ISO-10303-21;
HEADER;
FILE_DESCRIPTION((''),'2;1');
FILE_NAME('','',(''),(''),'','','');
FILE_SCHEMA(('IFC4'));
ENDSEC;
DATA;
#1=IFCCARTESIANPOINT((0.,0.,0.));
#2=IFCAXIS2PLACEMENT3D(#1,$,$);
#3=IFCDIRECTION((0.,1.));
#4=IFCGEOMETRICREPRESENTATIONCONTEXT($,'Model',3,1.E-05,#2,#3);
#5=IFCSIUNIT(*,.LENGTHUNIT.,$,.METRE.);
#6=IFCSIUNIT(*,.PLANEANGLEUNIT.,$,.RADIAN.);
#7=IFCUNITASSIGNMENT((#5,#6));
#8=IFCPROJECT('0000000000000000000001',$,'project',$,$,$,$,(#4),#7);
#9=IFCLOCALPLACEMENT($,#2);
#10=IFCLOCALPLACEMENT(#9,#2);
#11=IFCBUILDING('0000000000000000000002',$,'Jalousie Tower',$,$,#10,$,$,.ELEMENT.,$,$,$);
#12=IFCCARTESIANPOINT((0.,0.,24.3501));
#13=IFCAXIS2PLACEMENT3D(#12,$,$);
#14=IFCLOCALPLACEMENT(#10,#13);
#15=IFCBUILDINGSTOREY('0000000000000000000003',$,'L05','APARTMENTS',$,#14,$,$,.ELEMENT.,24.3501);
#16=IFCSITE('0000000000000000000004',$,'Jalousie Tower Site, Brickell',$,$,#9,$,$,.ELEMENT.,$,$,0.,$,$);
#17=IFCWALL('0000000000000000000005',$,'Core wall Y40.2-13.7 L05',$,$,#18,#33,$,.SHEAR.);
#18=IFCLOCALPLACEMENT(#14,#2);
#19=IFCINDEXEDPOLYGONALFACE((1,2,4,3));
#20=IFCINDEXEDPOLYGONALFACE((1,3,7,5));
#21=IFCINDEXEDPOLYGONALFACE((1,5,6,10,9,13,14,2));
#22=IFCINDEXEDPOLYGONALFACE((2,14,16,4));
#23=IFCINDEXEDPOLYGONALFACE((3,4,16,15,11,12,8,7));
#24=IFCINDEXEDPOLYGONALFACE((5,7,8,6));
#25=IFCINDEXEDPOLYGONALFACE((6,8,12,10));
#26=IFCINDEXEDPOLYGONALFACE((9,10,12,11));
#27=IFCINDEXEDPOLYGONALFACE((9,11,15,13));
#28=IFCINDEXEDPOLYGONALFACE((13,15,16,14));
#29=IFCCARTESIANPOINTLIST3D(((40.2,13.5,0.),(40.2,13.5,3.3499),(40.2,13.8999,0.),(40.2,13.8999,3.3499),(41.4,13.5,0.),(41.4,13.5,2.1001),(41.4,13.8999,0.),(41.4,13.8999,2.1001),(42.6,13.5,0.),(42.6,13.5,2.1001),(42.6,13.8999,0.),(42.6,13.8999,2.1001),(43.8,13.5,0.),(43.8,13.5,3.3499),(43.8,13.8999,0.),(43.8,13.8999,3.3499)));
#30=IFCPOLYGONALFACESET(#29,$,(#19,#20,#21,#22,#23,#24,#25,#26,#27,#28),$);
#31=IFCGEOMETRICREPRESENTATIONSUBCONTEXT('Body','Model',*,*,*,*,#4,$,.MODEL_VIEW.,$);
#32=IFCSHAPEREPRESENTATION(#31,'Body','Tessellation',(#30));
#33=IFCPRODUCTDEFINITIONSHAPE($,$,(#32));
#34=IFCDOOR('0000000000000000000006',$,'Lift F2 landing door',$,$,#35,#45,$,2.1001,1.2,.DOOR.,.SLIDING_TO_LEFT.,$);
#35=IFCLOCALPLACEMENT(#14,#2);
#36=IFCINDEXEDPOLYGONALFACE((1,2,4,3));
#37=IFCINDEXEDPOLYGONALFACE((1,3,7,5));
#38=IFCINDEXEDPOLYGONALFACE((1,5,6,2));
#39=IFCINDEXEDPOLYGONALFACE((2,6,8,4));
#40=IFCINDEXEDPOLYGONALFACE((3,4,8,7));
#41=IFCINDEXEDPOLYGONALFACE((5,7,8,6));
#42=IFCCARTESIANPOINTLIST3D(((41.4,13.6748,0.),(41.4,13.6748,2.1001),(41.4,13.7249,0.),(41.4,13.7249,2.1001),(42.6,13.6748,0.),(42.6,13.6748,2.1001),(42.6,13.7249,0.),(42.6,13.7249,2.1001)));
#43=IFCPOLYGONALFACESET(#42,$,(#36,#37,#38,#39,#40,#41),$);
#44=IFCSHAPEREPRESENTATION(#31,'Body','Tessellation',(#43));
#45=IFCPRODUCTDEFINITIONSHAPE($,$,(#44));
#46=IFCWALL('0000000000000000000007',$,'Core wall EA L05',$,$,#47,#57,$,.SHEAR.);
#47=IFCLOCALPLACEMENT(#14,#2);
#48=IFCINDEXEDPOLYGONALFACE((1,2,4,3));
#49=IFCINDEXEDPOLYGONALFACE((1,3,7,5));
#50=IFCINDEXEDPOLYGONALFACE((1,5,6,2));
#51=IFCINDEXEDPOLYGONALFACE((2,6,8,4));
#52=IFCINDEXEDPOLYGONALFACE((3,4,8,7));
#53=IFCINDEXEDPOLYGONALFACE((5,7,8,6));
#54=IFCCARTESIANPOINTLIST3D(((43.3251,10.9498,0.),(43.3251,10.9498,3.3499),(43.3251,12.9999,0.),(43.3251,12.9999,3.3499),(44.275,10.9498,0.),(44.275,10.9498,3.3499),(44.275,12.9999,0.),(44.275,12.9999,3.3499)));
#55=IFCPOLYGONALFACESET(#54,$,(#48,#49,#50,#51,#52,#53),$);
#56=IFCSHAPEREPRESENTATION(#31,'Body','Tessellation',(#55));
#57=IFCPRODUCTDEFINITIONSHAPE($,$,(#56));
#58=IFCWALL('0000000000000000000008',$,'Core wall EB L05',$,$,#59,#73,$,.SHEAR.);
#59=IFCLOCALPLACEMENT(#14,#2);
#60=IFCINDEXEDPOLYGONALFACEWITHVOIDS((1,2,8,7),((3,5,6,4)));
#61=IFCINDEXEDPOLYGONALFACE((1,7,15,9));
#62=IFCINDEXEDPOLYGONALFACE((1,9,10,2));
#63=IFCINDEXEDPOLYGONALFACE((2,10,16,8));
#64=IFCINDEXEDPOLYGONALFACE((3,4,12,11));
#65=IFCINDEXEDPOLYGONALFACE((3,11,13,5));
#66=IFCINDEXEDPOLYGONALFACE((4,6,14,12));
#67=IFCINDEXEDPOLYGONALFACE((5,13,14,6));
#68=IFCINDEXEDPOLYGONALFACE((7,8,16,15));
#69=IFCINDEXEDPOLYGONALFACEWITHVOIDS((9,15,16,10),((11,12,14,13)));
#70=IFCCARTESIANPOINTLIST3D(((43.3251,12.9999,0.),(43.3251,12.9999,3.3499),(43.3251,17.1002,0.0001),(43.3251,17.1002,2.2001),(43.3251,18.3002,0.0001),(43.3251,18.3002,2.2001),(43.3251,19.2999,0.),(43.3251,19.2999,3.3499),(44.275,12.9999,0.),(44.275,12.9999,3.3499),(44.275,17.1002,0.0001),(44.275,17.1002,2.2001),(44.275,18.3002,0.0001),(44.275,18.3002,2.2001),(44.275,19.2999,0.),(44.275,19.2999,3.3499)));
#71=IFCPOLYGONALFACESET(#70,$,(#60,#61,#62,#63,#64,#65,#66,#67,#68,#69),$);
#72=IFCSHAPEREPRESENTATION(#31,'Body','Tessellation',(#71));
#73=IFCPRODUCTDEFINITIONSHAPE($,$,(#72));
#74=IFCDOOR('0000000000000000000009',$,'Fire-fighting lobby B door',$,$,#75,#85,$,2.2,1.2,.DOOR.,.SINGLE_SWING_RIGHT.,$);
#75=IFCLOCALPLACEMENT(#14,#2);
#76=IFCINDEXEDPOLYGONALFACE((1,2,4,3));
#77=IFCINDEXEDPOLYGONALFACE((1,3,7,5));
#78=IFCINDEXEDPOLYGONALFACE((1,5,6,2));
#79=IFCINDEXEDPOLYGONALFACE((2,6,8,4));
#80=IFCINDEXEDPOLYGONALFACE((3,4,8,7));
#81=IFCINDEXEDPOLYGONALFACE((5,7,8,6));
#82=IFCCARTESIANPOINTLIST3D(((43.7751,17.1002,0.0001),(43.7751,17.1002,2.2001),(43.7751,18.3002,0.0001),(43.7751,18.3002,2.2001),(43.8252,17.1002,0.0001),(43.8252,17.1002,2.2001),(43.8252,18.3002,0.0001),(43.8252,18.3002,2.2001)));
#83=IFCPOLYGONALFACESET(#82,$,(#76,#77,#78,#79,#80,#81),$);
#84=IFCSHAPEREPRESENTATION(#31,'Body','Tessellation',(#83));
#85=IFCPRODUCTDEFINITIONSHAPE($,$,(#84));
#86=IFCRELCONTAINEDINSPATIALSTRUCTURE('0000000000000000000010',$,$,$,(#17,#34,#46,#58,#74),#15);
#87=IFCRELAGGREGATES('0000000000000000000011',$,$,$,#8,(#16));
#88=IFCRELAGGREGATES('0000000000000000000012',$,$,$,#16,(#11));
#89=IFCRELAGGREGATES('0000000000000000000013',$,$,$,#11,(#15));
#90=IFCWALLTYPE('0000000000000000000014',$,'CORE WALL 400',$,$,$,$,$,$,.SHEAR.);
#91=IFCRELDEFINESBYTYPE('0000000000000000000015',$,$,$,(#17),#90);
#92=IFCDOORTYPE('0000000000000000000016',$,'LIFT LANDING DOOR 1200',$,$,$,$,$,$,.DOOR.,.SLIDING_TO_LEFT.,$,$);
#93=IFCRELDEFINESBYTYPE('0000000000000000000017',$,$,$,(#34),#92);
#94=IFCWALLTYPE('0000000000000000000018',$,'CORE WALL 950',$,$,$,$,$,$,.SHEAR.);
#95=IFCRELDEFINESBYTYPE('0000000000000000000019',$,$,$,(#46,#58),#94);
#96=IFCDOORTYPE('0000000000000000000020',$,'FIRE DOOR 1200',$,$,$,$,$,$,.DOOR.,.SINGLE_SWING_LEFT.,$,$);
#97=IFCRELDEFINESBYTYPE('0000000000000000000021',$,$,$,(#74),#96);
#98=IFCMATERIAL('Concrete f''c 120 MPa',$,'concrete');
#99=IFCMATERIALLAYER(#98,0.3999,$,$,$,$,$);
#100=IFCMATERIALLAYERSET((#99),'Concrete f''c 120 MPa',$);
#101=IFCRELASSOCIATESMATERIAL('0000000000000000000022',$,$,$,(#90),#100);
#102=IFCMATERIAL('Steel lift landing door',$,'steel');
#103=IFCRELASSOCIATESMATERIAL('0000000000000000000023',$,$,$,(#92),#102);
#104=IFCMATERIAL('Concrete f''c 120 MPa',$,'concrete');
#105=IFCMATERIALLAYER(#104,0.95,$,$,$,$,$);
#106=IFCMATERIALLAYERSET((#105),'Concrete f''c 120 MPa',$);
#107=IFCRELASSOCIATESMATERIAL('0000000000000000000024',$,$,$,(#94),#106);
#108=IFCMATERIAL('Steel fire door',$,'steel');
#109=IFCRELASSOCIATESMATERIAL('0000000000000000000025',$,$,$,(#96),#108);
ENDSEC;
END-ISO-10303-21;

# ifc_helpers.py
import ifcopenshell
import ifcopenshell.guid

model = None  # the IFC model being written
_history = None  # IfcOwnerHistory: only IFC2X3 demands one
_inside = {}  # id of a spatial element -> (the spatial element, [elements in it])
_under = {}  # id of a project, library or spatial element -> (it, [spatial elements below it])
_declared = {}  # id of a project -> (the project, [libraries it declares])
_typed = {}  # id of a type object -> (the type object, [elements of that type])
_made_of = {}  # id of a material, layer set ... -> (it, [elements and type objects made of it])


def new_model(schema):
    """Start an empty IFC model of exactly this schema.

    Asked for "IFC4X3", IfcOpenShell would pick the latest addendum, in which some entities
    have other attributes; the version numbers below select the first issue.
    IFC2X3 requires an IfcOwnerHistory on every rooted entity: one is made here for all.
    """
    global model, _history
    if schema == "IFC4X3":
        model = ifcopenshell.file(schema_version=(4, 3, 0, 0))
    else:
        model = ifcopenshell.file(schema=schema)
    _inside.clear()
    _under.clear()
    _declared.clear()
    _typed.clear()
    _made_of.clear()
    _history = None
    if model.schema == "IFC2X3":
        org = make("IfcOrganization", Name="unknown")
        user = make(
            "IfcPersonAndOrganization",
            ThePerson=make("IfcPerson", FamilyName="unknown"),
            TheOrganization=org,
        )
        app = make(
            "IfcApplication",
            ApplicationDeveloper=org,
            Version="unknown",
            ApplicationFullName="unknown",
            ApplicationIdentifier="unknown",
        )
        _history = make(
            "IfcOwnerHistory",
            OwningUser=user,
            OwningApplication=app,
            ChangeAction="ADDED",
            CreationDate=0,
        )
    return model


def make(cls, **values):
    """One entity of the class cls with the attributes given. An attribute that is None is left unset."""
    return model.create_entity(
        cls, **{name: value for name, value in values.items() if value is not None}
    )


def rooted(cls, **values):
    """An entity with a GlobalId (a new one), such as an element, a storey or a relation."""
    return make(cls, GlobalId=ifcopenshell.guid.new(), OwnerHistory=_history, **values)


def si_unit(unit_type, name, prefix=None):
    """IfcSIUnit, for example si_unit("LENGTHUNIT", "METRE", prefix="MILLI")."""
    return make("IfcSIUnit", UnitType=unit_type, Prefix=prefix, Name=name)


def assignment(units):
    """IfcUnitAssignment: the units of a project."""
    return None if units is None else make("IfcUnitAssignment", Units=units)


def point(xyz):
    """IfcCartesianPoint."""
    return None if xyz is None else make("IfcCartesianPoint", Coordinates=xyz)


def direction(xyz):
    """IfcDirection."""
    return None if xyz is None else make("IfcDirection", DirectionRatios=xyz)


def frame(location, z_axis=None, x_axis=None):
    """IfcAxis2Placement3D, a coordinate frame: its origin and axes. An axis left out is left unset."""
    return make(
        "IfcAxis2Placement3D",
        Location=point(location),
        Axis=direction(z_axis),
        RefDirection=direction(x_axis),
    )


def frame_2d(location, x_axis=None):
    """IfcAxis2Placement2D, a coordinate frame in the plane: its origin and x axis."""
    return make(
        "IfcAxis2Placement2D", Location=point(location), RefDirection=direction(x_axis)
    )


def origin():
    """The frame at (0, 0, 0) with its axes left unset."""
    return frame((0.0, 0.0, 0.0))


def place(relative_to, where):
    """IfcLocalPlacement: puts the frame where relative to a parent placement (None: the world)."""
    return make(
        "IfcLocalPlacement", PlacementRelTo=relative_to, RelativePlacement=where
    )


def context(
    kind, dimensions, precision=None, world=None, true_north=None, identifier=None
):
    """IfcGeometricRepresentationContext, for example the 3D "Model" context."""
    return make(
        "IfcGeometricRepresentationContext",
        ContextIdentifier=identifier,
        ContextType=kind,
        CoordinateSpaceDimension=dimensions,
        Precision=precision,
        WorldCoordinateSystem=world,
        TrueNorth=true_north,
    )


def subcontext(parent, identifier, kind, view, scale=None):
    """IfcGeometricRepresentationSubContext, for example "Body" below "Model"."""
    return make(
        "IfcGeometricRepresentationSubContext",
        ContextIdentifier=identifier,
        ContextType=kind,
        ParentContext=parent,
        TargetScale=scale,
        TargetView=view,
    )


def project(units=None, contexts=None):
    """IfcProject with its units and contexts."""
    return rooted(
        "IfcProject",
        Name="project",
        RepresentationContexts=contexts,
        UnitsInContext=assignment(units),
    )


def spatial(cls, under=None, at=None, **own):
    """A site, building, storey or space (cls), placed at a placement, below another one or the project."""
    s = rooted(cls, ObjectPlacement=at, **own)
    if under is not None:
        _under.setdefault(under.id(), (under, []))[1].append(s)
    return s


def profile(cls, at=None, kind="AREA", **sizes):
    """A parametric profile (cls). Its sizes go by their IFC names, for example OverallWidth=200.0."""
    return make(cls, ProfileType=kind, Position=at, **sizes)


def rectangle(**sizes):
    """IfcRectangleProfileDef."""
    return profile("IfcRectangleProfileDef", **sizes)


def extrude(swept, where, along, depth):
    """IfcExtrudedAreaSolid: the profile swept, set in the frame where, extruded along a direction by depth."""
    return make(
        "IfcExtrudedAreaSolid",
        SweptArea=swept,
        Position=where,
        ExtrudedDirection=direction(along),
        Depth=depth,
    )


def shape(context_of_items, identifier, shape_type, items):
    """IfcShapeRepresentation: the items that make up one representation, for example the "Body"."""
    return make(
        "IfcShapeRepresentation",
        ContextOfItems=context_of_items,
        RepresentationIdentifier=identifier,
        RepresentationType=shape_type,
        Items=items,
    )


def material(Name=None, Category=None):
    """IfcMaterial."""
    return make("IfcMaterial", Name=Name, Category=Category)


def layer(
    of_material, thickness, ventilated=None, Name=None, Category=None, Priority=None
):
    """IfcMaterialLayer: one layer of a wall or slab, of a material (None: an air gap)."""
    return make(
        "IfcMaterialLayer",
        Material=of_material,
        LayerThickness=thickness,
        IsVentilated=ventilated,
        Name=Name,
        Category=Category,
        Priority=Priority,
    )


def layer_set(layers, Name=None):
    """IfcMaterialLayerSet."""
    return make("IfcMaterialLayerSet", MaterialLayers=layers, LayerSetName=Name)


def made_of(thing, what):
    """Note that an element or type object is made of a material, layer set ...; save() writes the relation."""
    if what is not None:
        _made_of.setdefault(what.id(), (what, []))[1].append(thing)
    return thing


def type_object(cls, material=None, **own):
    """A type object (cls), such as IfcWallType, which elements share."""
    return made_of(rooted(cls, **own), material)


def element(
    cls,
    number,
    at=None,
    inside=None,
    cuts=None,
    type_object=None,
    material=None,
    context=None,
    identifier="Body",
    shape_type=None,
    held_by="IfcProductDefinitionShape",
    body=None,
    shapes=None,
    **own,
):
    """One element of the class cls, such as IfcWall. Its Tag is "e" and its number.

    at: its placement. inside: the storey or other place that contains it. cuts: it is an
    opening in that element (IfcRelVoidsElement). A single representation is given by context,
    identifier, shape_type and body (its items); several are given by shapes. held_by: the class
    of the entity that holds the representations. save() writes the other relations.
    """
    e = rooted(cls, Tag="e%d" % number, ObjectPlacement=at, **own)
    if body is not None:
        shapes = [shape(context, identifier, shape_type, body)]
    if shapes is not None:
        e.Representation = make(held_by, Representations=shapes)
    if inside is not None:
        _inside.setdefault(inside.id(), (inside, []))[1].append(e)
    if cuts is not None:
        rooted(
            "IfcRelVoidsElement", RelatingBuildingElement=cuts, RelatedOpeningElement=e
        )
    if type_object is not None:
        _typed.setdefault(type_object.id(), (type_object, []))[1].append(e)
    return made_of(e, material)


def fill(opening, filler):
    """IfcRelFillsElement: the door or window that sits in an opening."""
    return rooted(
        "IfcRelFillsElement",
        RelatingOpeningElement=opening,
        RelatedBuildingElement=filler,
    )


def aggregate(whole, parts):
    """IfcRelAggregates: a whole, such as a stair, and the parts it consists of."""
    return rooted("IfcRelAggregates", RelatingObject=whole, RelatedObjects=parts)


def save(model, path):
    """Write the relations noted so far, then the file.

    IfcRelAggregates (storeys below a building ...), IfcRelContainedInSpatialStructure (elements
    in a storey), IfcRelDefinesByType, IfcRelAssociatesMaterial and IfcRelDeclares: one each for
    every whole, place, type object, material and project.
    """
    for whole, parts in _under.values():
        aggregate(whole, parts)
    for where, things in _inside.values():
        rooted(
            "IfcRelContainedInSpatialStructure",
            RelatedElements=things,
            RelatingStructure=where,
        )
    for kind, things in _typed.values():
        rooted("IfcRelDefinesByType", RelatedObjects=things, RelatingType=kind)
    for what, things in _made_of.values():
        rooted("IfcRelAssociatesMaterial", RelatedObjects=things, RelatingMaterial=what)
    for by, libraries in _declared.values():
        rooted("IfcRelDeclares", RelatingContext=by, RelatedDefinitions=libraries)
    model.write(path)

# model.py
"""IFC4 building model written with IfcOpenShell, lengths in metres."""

from ifc_helpers import new_model, si_unit, direction, frame, frame_2d, origin, place, context, subcontext, project, spatial, rectangle, extrude, material, layer, layer_set, type_object, element, fill, save


model = new_model("IFC4")

# Units and contexts
model_context = context("Model", 3, precision=1e-05, world=origin(), true_north=direction((0.0, 1.0)))
body_context = subcontext(model_context, "Body", "Model", "MODEL_VIEW")
ifc_project = project(units=[si_unit("LENGTHUNIT", "METRE"), si_unit("PLANEANGLEUNIT", "RADIAN")], contexts=[model_context])

# Site, building, storey
site_placement = place(None, origin())
site = spatial("IfcSite", under=ifc_project, at=site_placement, Name="Jalousie Tower Site, Brickell", CompositionType="ELEMENT", RefElevation=0.0)
building_placement = place(site_placement, origin())
building = spatial("IfcBuilding", under=site, at=building_placement, Name="Jalousie Tower", CompositionType="ELEMENT")
storey_placement = place(building_placement, frame((0.0, 0.0, 24.3501)))
storey = spatial("IfcBuildingStorey", under=building, at=storey_placement, Name="L05", Description="APARTMENTS", CompositionType="ELEMENT", Elevation=24.3501)

# Shared definitions
ifc_material_1 = material(Name="Concrete f'c 120 MPa", Category="concrete")
ifc_layer_1 = layer(ifc_material_1, 0.3999)
ifc_layer_set_1 = layer_set([ifc_layer_1], Name="Concrete f'c 120 MPa")
wall_type_1 = type_object("IfcWallType", Name="CORE WALL 400", PredefinedType="SHEAR", material=ifc_layer_set_1)

# Wall, opening, door
wall_1_placement = place(storey_placement, frame((40.2, 13.7, 0.0), z_axis=(0.0, 0.0, 1.0), x_axis=(1.0, 0.0, 0.0)))
wall_1 = element("IfcWall", 1, at=wall_1_placement, inside=storey, type_object=wall_type_1, Name="Core wall Y40.2-13.7 L05", PredefinedType="SHEAR", context=body_context, shape_type="SweptSolid", body=[
    extrude(rectangle(XDim=3.6001, YDim=0.3999, at=frame_2d((1.8, 0.0))), origin(), (0.0, 0.0, 1.0), 3.3499),
])
opening_1_placement = place(wall_1_placement, frame((1.2, 0.0, 0.0)))
opening_1 = element("IfcOpeningElement", 2, at=opening_1_placement, cuts=wall_1, PredefinedType="OPENING", context=body_context, shape_type="SweptSolid", body=[
    extrude(rectangle(XDim=1.2, YDim=2.1001, at=frame_2d((0.6001, 1.05))), frame((0.0, 0.21, 0.0), z_axis=(0.0, -1.0, 0.0), x_axis=(1.0, 0.0, 0.0)), (0.0, 0.0, 1.0), 0.4199),
])
ifc_material_2 = material(Name="Steel lift landing door", Category="steel")
door_type_1 = type_object("IfcDoorType", Name="LIFT LANDING DOOR 1200", OperationType="SLIDING_TO_LEFT", PredefinedType="DOOR", material=ifc_material_2)
door_1_placement = place(opening_1_placement, origin())
door_1 = element("IfcDoor", 3, at=door_1_placement, inside=storey, type_object=door_type_1, Name="Lift F2 landing door", OperationType="SLIDING_TO_LEFT", OverallHeight=2.1001, OverallWidth=1.2, PredefinedType="DOOR", context=body_context, shape_type="SweptSolid", body=[
    extrude(rectangle(XDim=1.2, YDim=2.1001, at=frame_2d((0.6001, 1.05))), frame((0.0, 0.0249, 0.0), z_axis=(0.0, -1.0, 0.0), x_axis=(1.0, 0.0, 0.0)), (0.0, 0.0, 1.0), 0.05),
])
fill(opening_1, door_1)

# Wall
ifc_material_3 = material(Name="Concrete f'c 120 MPa", Category="concrete")
ifc_layer_2 = layer(ifc_material_3, 0.95)
ifc_layer_set_2 = layer_set([ifc_layer_2], Name="Concrete f'c 120 MPa")
wall_type_2 = type_object("IfcWallType", Name="CORE WALL 950", PredefinedType="SHEAR", material=ifc_layer_set_2)
wall_2_placement = place(storey_placement, frame((43.8, 10.95, 0.0), z_axis=(0.0, 0.0, 1.0), x_axis=(0.0, 1.0, 0.0)))
element("IfcWall", 4, at=wall_2_placement, inside=storey, type_object=wall_type_2, Name="Core wall EA L05", PredefinedType="SHEAR", context=body_context, shape_type="SweptSolid", body=[
    extrude(rectangle(XDim=2.05, YDim=0.95, at=frame_2d((1.0249, 0.0))), origin(), (0.0, 0.0, 1.0), 3.3499),
])

# Wall, opening, door
wall_3_placement = place(storey_placement, frame((43.8, 13.0, 0.0), z_axis=(0.0, 0.0, 1.0), x_axis=(0.0, 1.0, 0.0)))
wall_3 = element("IfcWall", 5, at=wall_3_placement, inside=storey, type_object=wall_type_2, Name="Core wall EB L05", PredefinedType="SHEAR", context=body_context, shape_type="SweptSolid", body=[
    extrude(rectangle(XDim=6.3, YDim=0.95, at=frame_2d((3.1499, 0.0))), origin(), (0.0, 0.0, 1.0), 3.3499),
])
opening_2_placement = place(wall_3_placement, frame((4.1001, 0.0, 0.0)))
opening_2 = element("IfcOpeningElement", 6, at=opening_2_placement, cuts=wall_3, PredefinedType="OPENING", context=body_context, shape_type="SweptSolid", body=[
    extrude(rectangle(XDim=1.2, YDim=2.2, at=frame_2d((0.6001, 1.1001))), frame((0.0, 0.4849, 0.0), z_axis=(0.0, -1.0, 0.0), x_axis=(1.0, 0.0, 0.0)), (0.0, 0.0, 1.0), 0.97),
])
ifc_material_4 = material(Name="Steel fire door", Category="steel")
door_type_2 = type_object("IfcDoorType", Name="FIRE DOOR 1200", OperationType="SINGLE_SWING_LEFT", PredefinedType="DOOR", material=ifc_material_4)
door_2_placement = place(opening_2_placement, origin())
door_2 = element("IfcDoor", 7, at=door_2_placement, inside=storey, type_object=door_type_2, Name="Fire-fighting lobby B door", OperationType="SINGLE_SWING_RIGHT", OverallHeight=2.2, OverallWidth=1.2, PredefinedType="DOOR", context=body_context, shape_type="SweptSolid", body=[
    extrude(rectangle(XDim=1.2, YDim=2.2, at=frame_2d((0.6001, 1.1001))), frame((0.0, 0.0249, 0.0), z_axis=(0.0, -1.0, 0.0), x_axis=(1.0, 0.0, 0.0)), (0.0, 0.0, 1.0), 0.05),
])
fill(opening_2, door_2)

save(model, "model.ifc")
